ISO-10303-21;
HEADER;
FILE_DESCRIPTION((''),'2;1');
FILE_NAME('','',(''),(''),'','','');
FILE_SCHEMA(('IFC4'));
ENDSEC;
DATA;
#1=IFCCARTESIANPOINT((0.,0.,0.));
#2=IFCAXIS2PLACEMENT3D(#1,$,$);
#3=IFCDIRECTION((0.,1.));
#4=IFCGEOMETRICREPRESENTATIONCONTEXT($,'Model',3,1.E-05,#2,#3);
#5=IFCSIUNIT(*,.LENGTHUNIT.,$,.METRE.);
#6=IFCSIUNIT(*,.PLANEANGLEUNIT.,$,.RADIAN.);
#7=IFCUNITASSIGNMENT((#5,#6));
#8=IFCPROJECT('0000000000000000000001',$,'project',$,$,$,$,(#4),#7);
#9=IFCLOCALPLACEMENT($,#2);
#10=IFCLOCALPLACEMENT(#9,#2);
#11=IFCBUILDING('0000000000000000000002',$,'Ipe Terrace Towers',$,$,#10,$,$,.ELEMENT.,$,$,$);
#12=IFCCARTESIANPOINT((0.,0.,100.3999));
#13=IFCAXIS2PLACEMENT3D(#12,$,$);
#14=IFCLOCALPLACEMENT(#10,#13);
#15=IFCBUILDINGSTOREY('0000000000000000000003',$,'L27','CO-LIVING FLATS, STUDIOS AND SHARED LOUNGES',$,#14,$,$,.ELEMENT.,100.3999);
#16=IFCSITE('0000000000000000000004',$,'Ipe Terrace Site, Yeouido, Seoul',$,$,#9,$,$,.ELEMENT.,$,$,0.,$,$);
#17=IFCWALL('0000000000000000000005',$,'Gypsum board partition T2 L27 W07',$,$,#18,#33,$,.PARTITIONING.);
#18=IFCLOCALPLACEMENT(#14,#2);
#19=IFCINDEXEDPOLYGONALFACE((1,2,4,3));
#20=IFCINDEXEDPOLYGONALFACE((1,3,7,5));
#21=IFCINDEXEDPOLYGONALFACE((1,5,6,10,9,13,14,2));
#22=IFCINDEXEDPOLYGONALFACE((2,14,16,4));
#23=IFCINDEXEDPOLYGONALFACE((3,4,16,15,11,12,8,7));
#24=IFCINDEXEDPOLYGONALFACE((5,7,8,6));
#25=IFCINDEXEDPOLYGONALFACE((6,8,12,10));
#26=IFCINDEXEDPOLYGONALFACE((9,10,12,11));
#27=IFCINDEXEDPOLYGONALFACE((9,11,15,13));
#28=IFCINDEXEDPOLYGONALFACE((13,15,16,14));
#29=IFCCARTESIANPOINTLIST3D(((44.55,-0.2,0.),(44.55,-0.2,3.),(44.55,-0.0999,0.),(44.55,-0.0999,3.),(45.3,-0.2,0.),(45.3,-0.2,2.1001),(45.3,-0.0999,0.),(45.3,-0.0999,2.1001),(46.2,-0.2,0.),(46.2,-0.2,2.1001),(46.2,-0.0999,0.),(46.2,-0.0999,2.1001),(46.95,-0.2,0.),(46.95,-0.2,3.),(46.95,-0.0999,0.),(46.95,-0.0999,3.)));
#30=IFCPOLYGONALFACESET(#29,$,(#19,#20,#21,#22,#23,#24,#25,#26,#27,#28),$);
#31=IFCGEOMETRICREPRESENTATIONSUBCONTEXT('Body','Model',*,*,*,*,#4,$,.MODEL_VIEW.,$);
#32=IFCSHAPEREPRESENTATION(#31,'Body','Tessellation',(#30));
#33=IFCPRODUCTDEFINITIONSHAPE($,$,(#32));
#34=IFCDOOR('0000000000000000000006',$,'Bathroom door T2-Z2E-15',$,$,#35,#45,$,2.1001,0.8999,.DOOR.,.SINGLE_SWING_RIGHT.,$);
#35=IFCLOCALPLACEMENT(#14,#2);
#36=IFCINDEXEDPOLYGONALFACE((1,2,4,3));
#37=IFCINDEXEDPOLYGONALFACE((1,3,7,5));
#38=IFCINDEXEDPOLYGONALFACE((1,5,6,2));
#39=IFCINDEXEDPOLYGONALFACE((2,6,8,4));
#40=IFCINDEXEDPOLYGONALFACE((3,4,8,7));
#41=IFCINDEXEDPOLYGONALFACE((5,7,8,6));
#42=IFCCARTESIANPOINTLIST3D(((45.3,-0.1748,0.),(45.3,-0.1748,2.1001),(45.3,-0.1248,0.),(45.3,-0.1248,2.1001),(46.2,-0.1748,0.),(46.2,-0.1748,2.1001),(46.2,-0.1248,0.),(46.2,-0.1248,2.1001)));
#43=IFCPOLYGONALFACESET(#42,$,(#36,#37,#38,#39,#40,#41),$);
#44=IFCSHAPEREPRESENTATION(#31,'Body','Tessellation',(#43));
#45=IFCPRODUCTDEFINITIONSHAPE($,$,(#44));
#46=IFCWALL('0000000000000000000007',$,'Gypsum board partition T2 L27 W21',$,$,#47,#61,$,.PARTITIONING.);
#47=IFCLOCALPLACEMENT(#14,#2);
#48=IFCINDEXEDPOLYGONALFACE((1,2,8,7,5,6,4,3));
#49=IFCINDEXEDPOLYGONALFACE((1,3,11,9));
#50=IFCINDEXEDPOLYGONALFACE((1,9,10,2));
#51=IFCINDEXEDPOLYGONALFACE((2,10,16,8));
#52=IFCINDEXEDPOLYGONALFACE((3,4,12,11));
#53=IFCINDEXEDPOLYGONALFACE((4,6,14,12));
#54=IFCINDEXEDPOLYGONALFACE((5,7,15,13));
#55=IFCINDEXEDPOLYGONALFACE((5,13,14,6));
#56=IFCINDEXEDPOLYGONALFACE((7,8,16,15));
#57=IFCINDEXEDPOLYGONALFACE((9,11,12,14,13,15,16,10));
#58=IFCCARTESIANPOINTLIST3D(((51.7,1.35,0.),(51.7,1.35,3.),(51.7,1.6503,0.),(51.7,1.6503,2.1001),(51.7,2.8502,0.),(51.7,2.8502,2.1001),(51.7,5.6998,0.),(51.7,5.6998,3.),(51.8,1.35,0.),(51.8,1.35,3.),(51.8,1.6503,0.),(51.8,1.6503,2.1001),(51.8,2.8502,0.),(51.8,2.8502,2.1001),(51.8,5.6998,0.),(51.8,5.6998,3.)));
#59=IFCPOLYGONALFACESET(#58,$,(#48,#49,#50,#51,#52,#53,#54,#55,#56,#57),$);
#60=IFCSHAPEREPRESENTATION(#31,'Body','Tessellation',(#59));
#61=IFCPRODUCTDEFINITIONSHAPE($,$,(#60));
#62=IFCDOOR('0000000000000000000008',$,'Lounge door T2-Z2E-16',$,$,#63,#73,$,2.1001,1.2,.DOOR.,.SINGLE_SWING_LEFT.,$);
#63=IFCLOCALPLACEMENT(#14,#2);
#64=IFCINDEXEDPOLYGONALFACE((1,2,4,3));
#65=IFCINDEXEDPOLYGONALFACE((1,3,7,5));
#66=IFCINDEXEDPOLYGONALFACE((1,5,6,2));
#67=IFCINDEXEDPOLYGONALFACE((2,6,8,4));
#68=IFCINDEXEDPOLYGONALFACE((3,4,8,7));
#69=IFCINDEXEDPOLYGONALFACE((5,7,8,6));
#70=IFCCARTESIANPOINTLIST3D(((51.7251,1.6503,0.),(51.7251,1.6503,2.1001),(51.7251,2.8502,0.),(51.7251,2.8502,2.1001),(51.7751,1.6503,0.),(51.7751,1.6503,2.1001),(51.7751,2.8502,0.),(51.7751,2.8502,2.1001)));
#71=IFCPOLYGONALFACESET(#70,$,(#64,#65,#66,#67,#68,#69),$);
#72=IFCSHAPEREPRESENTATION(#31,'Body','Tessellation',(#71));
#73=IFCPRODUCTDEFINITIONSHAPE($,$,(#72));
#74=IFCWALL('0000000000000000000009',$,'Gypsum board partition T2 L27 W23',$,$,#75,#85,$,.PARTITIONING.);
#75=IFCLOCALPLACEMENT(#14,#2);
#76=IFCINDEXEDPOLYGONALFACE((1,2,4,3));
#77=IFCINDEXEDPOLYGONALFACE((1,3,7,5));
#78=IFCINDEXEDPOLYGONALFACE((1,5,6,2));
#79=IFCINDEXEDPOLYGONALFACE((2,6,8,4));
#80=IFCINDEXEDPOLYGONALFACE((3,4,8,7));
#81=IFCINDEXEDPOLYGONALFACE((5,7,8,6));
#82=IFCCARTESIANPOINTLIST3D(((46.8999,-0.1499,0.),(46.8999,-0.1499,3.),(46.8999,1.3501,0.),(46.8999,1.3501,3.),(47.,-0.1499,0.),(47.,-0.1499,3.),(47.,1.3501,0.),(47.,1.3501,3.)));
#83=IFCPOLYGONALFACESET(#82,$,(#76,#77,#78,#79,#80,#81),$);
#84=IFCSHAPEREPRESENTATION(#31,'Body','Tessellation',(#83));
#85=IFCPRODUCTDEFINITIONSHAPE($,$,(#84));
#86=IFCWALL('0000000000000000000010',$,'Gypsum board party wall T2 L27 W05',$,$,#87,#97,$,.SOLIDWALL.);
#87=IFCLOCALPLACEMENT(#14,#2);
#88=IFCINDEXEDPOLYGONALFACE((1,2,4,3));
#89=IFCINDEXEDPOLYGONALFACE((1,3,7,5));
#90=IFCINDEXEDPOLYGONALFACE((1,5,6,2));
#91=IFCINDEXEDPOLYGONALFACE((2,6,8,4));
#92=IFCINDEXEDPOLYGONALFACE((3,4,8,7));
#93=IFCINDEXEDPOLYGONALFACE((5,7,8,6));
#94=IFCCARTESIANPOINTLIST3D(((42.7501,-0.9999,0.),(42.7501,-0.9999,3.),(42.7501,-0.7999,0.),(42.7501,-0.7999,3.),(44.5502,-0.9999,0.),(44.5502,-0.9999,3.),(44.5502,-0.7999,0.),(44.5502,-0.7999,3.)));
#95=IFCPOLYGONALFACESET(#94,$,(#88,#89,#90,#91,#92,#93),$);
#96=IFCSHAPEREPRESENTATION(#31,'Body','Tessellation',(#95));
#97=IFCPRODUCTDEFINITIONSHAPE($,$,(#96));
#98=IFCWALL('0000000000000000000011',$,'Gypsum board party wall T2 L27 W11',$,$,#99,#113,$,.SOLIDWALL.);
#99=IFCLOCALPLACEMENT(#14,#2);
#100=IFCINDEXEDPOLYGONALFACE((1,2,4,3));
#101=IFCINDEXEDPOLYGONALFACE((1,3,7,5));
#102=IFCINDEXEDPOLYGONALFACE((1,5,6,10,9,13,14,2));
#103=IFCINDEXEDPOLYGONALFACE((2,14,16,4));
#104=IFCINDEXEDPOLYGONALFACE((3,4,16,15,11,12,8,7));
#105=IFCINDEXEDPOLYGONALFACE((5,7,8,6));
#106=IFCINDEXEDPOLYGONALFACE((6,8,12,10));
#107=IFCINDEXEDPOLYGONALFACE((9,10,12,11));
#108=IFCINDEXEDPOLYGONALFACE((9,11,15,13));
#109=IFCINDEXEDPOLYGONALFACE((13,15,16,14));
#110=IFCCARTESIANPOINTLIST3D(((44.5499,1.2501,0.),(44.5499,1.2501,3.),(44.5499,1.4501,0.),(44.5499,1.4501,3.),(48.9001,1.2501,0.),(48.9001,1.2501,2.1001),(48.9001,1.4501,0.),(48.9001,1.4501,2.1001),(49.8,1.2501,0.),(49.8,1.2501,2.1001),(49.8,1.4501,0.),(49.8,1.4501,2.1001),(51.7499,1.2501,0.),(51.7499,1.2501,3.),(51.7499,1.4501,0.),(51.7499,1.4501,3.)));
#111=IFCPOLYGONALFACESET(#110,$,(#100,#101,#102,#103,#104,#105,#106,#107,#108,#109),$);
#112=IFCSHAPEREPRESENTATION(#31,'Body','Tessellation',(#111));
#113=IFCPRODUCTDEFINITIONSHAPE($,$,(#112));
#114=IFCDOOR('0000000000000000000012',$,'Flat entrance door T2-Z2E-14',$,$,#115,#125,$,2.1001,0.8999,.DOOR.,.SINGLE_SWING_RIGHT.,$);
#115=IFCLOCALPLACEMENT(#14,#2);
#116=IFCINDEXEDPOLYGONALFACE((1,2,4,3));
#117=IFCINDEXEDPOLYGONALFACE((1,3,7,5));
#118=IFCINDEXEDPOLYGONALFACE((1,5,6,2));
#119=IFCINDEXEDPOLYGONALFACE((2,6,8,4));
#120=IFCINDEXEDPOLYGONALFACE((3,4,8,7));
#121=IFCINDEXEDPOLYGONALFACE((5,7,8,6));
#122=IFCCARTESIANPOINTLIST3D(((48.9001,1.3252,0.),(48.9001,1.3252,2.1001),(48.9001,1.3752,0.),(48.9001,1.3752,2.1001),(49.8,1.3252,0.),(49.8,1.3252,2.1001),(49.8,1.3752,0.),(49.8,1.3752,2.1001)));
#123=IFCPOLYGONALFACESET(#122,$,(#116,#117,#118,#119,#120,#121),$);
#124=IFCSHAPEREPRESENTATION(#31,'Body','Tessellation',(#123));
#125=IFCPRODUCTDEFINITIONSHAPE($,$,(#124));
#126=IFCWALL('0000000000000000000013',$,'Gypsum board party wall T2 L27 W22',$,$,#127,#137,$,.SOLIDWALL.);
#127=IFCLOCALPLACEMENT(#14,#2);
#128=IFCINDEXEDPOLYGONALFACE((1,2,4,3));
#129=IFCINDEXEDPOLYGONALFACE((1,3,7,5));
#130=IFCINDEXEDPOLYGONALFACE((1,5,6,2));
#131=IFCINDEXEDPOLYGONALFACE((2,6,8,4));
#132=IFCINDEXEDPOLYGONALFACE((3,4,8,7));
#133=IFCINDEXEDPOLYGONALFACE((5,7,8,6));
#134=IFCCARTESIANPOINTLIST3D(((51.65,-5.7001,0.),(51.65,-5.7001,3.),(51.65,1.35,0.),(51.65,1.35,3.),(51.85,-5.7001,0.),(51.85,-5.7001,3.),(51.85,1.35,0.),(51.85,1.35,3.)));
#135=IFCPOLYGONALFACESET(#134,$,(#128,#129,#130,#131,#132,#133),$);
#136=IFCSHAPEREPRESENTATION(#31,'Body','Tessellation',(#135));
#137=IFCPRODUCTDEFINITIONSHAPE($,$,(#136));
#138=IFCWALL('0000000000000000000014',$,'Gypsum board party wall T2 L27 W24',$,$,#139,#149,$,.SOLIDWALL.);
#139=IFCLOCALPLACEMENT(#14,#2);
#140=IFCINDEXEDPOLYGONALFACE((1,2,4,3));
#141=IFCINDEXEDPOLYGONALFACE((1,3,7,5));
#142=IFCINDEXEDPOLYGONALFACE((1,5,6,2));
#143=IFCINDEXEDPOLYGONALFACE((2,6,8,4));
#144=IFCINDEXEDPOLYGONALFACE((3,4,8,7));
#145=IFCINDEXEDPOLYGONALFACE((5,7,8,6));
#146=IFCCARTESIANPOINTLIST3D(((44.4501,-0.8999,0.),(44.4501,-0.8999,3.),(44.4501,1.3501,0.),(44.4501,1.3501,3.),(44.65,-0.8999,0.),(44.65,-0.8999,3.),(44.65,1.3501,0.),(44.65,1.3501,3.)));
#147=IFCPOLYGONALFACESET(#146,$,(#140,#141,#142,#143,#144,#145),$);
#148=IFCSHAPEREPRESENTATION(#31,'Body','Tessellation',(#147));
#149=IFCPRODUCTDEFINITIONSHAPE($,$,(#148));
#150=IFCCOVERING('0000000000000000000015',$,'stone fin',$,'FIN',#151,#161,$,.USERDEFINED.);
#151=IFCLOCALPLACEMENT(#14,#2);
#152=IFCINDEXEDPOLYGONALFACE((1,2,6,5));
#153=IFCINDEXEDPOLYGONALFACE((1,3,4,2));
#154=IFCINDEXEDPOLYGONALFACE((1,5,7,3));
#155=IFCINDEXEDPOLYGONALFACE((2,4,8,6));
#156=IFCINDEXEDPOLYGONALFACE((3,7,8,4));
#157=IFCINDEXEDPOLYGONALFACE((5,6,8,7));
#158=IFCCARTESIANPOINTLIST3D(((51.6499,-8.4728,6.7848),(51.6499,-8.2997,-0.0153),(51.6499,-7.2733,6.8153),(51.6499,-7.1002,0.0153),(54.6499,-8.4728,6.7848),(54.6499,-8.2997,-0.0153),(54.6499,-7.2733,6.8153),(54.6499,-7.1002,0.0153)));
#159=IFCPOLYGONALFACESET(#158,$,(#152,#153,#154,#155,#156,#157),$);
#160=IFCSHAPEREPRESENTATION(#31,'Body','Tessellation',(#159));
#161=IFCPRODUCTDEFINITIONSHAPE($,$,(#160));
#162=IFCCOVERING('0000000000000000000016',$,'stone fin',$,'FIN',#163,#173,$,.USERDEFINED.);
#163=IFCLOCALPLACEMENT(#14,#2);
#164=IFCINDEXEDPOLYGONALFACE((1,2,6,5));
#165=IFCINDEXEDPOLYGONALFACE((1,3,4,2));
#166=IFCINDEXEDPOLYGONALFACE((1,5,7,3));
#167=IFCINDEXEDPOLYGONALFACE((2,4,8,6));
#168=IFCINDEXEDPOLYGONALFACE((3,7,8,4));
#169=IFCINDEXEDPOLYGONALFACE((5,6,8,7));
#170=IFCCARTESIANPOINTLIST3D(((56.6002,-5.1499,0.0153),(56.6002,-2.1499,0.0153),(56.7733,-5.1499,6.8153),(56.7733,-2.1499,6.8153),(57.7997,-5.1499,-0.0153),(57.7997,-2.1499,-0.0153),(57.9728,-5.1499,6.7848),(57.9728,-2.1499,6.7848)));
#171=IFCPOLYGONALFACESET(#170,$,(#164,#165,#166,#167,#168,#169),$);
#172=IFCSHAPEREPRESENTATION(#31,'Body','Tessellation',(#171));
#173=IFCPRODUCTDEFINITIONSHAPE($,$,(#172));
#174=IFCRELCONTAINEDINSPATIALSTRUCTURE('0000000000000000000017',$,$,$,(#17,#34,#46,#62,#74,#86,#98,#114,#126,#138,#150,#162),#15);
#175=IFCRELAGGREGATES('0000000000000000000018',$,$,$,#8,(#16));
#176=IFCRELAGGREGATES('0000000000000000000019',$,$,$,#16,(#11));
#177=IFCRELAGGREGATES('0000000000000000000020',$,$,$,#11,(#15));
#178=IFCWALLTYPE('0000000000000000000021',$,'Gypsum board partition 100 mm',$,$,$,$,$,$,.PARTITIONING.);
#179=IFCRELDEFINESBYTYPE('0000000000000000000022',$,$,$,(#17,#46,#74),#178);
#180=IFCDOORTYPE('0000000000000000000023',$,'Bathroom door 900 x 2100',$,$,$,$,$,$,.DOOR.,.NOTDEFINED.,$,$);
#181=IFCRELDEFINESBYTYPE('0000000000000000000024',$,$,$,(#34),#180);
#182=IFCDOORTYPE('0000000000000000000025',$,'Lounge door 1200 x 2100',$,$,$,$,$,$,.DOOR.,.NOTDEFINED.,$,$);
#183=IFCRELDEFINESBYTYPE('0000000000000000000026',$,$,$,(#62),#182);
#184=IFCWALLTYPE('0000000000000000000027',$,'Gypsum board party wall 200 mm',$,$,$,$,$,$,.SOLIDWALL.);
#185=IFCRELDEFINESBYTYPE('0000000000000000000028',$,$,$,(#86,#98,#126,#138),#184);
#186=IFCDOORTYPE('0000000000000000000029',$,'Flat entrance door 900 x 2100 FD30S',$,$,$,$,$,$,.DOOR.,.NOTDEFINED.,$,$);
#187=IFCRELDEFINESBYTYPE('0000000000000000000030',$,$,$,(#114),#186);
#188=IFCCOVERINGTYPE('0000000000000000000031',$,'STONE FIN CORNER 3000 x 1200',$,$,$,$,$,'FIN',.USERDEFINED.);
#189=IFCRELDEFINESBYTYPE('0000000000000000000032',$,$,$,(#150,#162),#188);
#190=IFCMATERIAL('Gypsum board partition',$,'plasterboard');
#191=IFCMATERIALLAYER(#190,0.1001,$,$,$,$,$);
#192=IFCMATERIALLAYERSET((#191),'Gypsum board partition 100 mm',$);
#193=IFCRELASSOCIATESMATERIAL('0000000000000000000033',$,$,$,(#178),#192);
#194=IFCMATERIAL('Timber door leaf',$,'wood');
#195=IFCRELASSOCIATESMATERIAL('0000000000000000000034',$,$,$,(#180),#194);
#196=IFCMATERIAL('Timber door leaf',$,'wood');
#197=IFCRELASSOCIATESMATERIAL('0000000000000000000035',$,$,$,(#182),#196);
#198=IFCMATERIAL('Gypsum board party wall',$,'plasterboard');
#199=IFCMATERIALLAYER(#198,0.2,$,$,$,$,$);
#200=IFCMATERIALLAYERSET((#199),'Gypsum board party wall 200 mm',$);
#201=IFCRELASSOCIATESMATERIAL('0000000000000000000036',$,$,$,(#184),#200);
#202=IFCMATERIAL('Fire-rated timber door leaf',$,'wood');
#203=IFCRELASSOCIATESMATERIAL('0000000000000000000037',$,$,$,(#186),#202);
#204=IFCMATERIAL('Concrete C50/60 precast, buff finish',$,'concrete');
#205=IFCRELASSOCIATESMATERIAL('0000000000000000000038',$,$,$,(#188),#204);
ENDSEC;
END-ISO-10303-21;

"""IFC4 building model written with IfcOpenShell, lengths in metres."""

from ifc_helpers import new_model, si_unit, direction, frame, frame_2d, origin, origin_2d, place, context, subcontext, project, spatial, rectangle, extrude, material, layer, layer_set, material_profile, profile_set, type_object, element, fill, save


model = new_model("IFC4")

# Units and contexts
model_context = context("Model", 3, precision=1e-05, world=origin(), true_north=direction((0.0, 1.0)))
body_context = subcontext(model_context, "Body", "Model", "MODEL_VIEW")
ifc_project = project(units=[si_unit("LENGTHUNIT", "METRE"), si_unit("PLANEANGLEUNIT", "RADIAN")], contexts=[model_context])

# Site, building, storey
site_placement = place(None, origin())
site = spatial("IfcSite", under=ifc_project, at=site_placement, Name="Ipe Terrace Site, Yeouido, Seoul", CompositionType="ELEMENT", RefElevation=0.0)
building_placement = place(site_placement, origin())
building = spatial("IfcBuilding", under=site, at=building_placement, Name="Ipe Terrace Towers", CompositionType="ELEMENT")
storey_placement = place(building_placement, frame((0.0, 0.0, 100.3999)))
storey = spatial("IfcBuildingStorey", under=building, at=storey_placement, Name="L27", Description="CO-LIVING FLATS, STUDIOS AND SHARED LOUNGES", CompositionType="ELEMENT", Elevation=100.3999)

# Walls, openings, doors
ifc_material_1 = material(Name="Gypsum board partition", Category="plasterboard")
ifc_layer_1 = layer(ifc_material_1, 0.1001)
ifc_layer_set_1 = layer_set([ifc_layer_1], Name="Gypsum board partition 100 mm")
wall_type_1 = type_object("IfcWallType", Name="Gypsum board partition 100 mm", PredefinedType="PARTITIONING", material=ifc_layer_set_1)
wall_1_placement = place(storey_placement, frame((46.95, -0.1499, 0.0), z_axis=(0.0, 0.0, 1.0), x_axis=(-1.0, 0.0, 0.0)))
wall_1 = element("IfcWall", 1, at=wall_1_placement, inside=storey, type_object=wall_type_1, Name="Gypsum board partition T2 L27 W07", PredefinedType="PARTITIONING", context=body_context, shape_type="SweptSolid", body=[
    extrude(rectangle(XDim=2.3999, YDim=0.1001, at=frame_2d((1.2, 0.0))), origin(), (0.0, 0.0, 1.0), 3.0),
])
opening_1_placement = place(wall_1_placement, frame((0.75, 0.0, 0.0)))
opening_1 = element("IfcOpeningElement", 2, at=opening_1_placement, cuts=wall_1, PredefinedType="OPENING", context=body_context, shape_type="SweptSolid", body=[
    extrude(rectangle(XDim=0.8999, YDim=2.1001, at=frame_2d((0.45, 1.05))), frame((0.0, 0.0601, 0.0), z_axis=(0.0, -1.0, 0.0), x_axis=(1.0, 0.0, 0.0)), (0.0, 0.0, 1.0), 0.1201),
])
ifc_material_2 = material(Name="Timber door leaf", Category="wood")
door_type_1 = type_object("IfcDoorType", Name="Bathroom door 900 x 2100", OperationType="NOTDEFINED", PredefinedType="DOOR", material=ifc_material_2)
door_1_placement = place(opening_1_placement, origin())
door_1 = element("IfcDoor", 3, at=door_1_placement, inside=storey, type_object=door_type_1, Name="Bathroom door T2-Z2E-15", OperationType="SINGLE_SWING_RIGHT", OverallHeight=2.1001, OverallWidth=0.8999, PredefinedType="DOOR", context=body_context, shape_type="SweptSolid", body=[
    extrude(rectangle(XDim=0.8999, YDim=2.1001, at=frame_2d((0.45, 1.05))), frame((0.0, 0.0249, 0.0), z_axis=(0.0, -1.0, 0.0), x_axis=(1.0, 0.0, 0.0)), (0.0, 0.0, 1.0), 0.05),
])
fill(opening_1, door_1)
wall_2_placement = place(storey_placement, frame((51.75, 1.3501, 0.0), z_axis=(0.0, 0.0, 1.0), x_axis=(0.0, 1.0, 0.0)))
wall_2 = element("IfcWall", 4, at=wall_2_placement, inside=storey, type_object=wall_type_1, Name="Gypsum board partition T2 L27 W21", PredefinedType="PARTITIONING", context=body_context, shape_type="SweptSolid", body=[
    extrude(rectangle(XDim=4.3499, YDim=0.1001, at=frame_2d((2.1748, 0.0))), origin(), (0.0, 0.0, 1.0), 3.0),
])
opening_2_placement = place(wall_2_placement, frame((0.3, 0.0, 0.0)))
opening_2 = element("IfcOpeningElement", 5, at=opening_2_placement, cuts=wall_2, PredefinedType="OPENING", context=body_context, shape_type="SweptSolid", body=[
    extrude(rectangle(XDim=1.2, YDim=2.1001, at=frame_2d((0.6001, 1.05))), frame((0.0, 0.0601, 0.0), z_axis=(0.0, -1.0, 0.0), x_axis=(1.0, 0.0, 0.0)), (0.0, 0.0, 1.0), 0.1201),
])
ifc_material_3 = material(Name="Timber door leaf", Category="wood")
door_type_2 = type_object("IfcDoorType", Name="Lounge door 1200 x 2100", OperationType="NOTDEFINED", PredefinedType="DOOR", material=ifc_material_3)
door_2_placement = place(opening_2_placement, origin())
door_2 = element("IfcDoor", 6, at=door_2_placement, inside=storey, type_object=door_type_2, Name="Lounge door T2-Z2E-16", OperationType="SINGLE_SWING_LEFT", OverallHeight=2.1001, OverallWidth=1.2, PredefinedType="DOOR", context=body_context, shape_type="SweptSolid", body=[
    extrude(rectangle(XDim=1.2, YDim=2.1001, at=frame_2d((0.6001, 1.05))), frame((0.0, 0.0249, 0.0), z_axis=(0.0, -1.0, 0.0), x_axis=(1.0, 0.0, 0.0)), (0.0, 0.0, 1.0), 0.05),
])
fill(opening_2, door_2)

# Walls
wall_3_placement = place(storey_placement, frame((46.95, -0.1499, 0.0), z_axis=(0.0, 0.0, 1.0), x_axis=(0.0, 1.0, 0.0)))
element("IfcWall", 7, at=wall_3_placement, inside=storey, type_object=wall_type_1, Name="Gypsum board partition T2 L27 W23", PredefinedType="PARTITIONING", context=body_context, shape_type="SweptSolid", body=[
    extrude(rectangle(XDim=1.5, YDim=0.1001, at=frame_2d((0.75, 0.0))), origin(), (0.0, 0.0, 1.0), 3.0),
])
ifc_material_4 = material(Name="Gypsum board party wall", Category="plasterboard")
ifc_layer_2 = layer(ifc_material_4, 0.2)
ifc_layer_set_2 = layer_set([ifc_layer_2], Name="Gypsum board party wall 200 mm")
wall_type_2 = type_object("IfcWallType", Name="Gypsum board party wall 200 mm", PredefinedType="SOLIDWALL", material=ifc_layer_set_2)
wall_4_placement = place(storey_placement, frame((44.55, -0.8999, 0.0), z_axis=(0.0, 0.0, 1.0), x_axis=(-1.0, 0.0, 0.0)))
element("IfcWall", 8, at=wall_4_placement, inside=storey, type_object=wall_type_2, Name="Gypsum board party wall T2 L27 W05", PredefinedType="SOLIDWALL", context=body_context, shape_type="SweptSolid", body=[
    extrude(rectangle(XDim=1.8, YDim=0.2, at=frame_2d((0.8999, 0.0))), origin(), (0.0, 0.0, 1.0), 3.0),
])

# Wall, opening, door
wall_5_placement = place(storey_placement, frame((51.75, 1.3501, 0.0), z_axis=(0.0, 0.0, 1.0), x_axis=(-1.0, 0.0, 0.0)))
wall_5 = element("IfcWall", 9, at=wall_5_placement, inside=storey, type_object=wall_type_2, Name="Gypsum board party wall T2 L27 W11", PredefinedType="SOLIDWALL", context=body_context, shape_type="SweptSolid", body=[
    extrude(rectangle(XDim=7.2, YDim=0.2, at=frame_2d((3.6001, 0.0))), origin(), (0.0, 0.0, 1.0), 3.0),
])
opening_3_placement = place(wall_5_placement, frame((1.95, 0.0, 0.0)))
opening_3 = element("IfcOpeningElement", 10, at=opening_3_placement, cuts=wall_5, PredefinedType="OPENING", context=body_context, shape_type="SweptSolid", body=[
    extrude(rectangle(XDim=0.8999, YDim=2.1001, at=frame_2d((0.45, 1.05))), frame((0.0, 0.1099, 0.0), z_axis=(0.0, -1.0, 0.0), x_axis=(1.0, 0.0, 0.0)), (0.0, 0.0, 1.0), 0.22),
])
ifc_material_5 = material(Name="Fire-rated timber door leaf", Category="wood")
door_type_3 = type_object("IfcDoorType", Name="Flat entrance door 900 x 2100 FD30S", OperationType="NOTDEFINED", PredefinedType="DOOR", material=ifc_material_5)
door_3_placement = place(opening_3_placement, origin())
door_3 = element("IfcDoor", 11, at=door_3_placement, inside=storey, type_object=door_type_3, Name="Flat entrance door T2-Z2E-14", OperationType="SINGLE_SWING_RIGHT", OverallHeight=2.1001, OverallWidth=0.8999, PredefinedType="DOOR", context=body_context, shape_type="SweptSolid", body=[
    extrude(rectangle(XDim=0.8999, YDim=2.1001, at=frame_2d((0.45, 1.05))), frame((0.0, 0.0249, 0.0), z_axis=(0.0, -1.0, 0.0), x_axis=(1.0, 0.0, 0.0)), (0.0, 0.0, 1.0), 0.05),
])
fill(opening_3, door_3)

# Walls
wall_6_placement = place(storey_placement, frame((51.75, -5.7, 0.0), z_axis=(0.0, 0.0, 1.0), x_axis=(0.0, 1.0, 0.0)))
element("IfcWall", 12, at=wall_6_placement, inside=storey, type_object=wall_type_2, Name="Gypsum board party wall T2 L27 W22", PredefinedType="SOLIDWALL", context=body_context, shape_type="SweptSolid", body=[
    extrude(rectangle(XDim=7.05, YDim=0.2, at=frame_2d((3.5249, 0.0))), origin(), (0.0, 0.0, 1.0), 3.0),
])
wall_7_placement = place(storey_placement, frame((44.55, -0.8999, 0.0), z_axis=(0.0, 0.0, 1.0), x_axis=(0.0, 1.0, 0.0)))
element("IfcWall", 13, at=wall_7_placement, inside=storey, type_object=wall_type_2, Name="Gypsum board party wall T2 L27 W24", PredefinedType="SOLIDWALL", context=body_context, shape_type="SweptSolid", body=[
    extrude(rectangle(XDim=2.25, YDim=0.2, at=frame_2d((1.125, 0.0))), origin(), (0.0, 0.0, 1.0), 3.0),
])

# Coverings
ifc_material_6 = material(Name="Concrete C50/60 precast, buff finish", Category="concrete")
ifc_material_profile_1 = material_profile(ifc_material_6, rectangle(XDim=3.0, YDim=1.2, at=origin_2d()), Name="STONE FIN CORNER 3000 x 1200")
ifc_profile_set_1 = profile_set([ifc_material_profile_1], Name="Concrete C50/60 precast, buff finish")
covering_type_1 = type_object("IfcCoveringType", Name="STONE FIN CORNER 3000 x 1200", ElementType="FIN", PredefinedType="USERDEFINED", material=ifc_profile_set_1)
for number, where, z_axis, x_axis, name in (
    (14, (53.1499, -7.7, 0.0), (0.0, -0.025447, 0.999676), (1.0, 0.0, 0.0), "stone fin"),
    (15, (57.2, -3.6499, 0.0), (0.025447, 0.0, 0.999676), (0.0, 1.0, 0.0), "stone fin"),
):
    element("IfcCovering", number, at=place(storey_placement, frame(where, z_axis=z_axis, x_axis=x_axis)), inside=storey, type_object=covering_type_1, Name=name, ObjectType="FIN", PredefinedType="USERDEFINED", context=body_context, shape_type="SweptSolid", body=[
        extrude(rectangle(XDim=3.0, YDim=1.2, at=origin_2d()), origin(), (0.0, 0.0, 1.0), 6.8022),
    ])

save(model, "model.ifc")
